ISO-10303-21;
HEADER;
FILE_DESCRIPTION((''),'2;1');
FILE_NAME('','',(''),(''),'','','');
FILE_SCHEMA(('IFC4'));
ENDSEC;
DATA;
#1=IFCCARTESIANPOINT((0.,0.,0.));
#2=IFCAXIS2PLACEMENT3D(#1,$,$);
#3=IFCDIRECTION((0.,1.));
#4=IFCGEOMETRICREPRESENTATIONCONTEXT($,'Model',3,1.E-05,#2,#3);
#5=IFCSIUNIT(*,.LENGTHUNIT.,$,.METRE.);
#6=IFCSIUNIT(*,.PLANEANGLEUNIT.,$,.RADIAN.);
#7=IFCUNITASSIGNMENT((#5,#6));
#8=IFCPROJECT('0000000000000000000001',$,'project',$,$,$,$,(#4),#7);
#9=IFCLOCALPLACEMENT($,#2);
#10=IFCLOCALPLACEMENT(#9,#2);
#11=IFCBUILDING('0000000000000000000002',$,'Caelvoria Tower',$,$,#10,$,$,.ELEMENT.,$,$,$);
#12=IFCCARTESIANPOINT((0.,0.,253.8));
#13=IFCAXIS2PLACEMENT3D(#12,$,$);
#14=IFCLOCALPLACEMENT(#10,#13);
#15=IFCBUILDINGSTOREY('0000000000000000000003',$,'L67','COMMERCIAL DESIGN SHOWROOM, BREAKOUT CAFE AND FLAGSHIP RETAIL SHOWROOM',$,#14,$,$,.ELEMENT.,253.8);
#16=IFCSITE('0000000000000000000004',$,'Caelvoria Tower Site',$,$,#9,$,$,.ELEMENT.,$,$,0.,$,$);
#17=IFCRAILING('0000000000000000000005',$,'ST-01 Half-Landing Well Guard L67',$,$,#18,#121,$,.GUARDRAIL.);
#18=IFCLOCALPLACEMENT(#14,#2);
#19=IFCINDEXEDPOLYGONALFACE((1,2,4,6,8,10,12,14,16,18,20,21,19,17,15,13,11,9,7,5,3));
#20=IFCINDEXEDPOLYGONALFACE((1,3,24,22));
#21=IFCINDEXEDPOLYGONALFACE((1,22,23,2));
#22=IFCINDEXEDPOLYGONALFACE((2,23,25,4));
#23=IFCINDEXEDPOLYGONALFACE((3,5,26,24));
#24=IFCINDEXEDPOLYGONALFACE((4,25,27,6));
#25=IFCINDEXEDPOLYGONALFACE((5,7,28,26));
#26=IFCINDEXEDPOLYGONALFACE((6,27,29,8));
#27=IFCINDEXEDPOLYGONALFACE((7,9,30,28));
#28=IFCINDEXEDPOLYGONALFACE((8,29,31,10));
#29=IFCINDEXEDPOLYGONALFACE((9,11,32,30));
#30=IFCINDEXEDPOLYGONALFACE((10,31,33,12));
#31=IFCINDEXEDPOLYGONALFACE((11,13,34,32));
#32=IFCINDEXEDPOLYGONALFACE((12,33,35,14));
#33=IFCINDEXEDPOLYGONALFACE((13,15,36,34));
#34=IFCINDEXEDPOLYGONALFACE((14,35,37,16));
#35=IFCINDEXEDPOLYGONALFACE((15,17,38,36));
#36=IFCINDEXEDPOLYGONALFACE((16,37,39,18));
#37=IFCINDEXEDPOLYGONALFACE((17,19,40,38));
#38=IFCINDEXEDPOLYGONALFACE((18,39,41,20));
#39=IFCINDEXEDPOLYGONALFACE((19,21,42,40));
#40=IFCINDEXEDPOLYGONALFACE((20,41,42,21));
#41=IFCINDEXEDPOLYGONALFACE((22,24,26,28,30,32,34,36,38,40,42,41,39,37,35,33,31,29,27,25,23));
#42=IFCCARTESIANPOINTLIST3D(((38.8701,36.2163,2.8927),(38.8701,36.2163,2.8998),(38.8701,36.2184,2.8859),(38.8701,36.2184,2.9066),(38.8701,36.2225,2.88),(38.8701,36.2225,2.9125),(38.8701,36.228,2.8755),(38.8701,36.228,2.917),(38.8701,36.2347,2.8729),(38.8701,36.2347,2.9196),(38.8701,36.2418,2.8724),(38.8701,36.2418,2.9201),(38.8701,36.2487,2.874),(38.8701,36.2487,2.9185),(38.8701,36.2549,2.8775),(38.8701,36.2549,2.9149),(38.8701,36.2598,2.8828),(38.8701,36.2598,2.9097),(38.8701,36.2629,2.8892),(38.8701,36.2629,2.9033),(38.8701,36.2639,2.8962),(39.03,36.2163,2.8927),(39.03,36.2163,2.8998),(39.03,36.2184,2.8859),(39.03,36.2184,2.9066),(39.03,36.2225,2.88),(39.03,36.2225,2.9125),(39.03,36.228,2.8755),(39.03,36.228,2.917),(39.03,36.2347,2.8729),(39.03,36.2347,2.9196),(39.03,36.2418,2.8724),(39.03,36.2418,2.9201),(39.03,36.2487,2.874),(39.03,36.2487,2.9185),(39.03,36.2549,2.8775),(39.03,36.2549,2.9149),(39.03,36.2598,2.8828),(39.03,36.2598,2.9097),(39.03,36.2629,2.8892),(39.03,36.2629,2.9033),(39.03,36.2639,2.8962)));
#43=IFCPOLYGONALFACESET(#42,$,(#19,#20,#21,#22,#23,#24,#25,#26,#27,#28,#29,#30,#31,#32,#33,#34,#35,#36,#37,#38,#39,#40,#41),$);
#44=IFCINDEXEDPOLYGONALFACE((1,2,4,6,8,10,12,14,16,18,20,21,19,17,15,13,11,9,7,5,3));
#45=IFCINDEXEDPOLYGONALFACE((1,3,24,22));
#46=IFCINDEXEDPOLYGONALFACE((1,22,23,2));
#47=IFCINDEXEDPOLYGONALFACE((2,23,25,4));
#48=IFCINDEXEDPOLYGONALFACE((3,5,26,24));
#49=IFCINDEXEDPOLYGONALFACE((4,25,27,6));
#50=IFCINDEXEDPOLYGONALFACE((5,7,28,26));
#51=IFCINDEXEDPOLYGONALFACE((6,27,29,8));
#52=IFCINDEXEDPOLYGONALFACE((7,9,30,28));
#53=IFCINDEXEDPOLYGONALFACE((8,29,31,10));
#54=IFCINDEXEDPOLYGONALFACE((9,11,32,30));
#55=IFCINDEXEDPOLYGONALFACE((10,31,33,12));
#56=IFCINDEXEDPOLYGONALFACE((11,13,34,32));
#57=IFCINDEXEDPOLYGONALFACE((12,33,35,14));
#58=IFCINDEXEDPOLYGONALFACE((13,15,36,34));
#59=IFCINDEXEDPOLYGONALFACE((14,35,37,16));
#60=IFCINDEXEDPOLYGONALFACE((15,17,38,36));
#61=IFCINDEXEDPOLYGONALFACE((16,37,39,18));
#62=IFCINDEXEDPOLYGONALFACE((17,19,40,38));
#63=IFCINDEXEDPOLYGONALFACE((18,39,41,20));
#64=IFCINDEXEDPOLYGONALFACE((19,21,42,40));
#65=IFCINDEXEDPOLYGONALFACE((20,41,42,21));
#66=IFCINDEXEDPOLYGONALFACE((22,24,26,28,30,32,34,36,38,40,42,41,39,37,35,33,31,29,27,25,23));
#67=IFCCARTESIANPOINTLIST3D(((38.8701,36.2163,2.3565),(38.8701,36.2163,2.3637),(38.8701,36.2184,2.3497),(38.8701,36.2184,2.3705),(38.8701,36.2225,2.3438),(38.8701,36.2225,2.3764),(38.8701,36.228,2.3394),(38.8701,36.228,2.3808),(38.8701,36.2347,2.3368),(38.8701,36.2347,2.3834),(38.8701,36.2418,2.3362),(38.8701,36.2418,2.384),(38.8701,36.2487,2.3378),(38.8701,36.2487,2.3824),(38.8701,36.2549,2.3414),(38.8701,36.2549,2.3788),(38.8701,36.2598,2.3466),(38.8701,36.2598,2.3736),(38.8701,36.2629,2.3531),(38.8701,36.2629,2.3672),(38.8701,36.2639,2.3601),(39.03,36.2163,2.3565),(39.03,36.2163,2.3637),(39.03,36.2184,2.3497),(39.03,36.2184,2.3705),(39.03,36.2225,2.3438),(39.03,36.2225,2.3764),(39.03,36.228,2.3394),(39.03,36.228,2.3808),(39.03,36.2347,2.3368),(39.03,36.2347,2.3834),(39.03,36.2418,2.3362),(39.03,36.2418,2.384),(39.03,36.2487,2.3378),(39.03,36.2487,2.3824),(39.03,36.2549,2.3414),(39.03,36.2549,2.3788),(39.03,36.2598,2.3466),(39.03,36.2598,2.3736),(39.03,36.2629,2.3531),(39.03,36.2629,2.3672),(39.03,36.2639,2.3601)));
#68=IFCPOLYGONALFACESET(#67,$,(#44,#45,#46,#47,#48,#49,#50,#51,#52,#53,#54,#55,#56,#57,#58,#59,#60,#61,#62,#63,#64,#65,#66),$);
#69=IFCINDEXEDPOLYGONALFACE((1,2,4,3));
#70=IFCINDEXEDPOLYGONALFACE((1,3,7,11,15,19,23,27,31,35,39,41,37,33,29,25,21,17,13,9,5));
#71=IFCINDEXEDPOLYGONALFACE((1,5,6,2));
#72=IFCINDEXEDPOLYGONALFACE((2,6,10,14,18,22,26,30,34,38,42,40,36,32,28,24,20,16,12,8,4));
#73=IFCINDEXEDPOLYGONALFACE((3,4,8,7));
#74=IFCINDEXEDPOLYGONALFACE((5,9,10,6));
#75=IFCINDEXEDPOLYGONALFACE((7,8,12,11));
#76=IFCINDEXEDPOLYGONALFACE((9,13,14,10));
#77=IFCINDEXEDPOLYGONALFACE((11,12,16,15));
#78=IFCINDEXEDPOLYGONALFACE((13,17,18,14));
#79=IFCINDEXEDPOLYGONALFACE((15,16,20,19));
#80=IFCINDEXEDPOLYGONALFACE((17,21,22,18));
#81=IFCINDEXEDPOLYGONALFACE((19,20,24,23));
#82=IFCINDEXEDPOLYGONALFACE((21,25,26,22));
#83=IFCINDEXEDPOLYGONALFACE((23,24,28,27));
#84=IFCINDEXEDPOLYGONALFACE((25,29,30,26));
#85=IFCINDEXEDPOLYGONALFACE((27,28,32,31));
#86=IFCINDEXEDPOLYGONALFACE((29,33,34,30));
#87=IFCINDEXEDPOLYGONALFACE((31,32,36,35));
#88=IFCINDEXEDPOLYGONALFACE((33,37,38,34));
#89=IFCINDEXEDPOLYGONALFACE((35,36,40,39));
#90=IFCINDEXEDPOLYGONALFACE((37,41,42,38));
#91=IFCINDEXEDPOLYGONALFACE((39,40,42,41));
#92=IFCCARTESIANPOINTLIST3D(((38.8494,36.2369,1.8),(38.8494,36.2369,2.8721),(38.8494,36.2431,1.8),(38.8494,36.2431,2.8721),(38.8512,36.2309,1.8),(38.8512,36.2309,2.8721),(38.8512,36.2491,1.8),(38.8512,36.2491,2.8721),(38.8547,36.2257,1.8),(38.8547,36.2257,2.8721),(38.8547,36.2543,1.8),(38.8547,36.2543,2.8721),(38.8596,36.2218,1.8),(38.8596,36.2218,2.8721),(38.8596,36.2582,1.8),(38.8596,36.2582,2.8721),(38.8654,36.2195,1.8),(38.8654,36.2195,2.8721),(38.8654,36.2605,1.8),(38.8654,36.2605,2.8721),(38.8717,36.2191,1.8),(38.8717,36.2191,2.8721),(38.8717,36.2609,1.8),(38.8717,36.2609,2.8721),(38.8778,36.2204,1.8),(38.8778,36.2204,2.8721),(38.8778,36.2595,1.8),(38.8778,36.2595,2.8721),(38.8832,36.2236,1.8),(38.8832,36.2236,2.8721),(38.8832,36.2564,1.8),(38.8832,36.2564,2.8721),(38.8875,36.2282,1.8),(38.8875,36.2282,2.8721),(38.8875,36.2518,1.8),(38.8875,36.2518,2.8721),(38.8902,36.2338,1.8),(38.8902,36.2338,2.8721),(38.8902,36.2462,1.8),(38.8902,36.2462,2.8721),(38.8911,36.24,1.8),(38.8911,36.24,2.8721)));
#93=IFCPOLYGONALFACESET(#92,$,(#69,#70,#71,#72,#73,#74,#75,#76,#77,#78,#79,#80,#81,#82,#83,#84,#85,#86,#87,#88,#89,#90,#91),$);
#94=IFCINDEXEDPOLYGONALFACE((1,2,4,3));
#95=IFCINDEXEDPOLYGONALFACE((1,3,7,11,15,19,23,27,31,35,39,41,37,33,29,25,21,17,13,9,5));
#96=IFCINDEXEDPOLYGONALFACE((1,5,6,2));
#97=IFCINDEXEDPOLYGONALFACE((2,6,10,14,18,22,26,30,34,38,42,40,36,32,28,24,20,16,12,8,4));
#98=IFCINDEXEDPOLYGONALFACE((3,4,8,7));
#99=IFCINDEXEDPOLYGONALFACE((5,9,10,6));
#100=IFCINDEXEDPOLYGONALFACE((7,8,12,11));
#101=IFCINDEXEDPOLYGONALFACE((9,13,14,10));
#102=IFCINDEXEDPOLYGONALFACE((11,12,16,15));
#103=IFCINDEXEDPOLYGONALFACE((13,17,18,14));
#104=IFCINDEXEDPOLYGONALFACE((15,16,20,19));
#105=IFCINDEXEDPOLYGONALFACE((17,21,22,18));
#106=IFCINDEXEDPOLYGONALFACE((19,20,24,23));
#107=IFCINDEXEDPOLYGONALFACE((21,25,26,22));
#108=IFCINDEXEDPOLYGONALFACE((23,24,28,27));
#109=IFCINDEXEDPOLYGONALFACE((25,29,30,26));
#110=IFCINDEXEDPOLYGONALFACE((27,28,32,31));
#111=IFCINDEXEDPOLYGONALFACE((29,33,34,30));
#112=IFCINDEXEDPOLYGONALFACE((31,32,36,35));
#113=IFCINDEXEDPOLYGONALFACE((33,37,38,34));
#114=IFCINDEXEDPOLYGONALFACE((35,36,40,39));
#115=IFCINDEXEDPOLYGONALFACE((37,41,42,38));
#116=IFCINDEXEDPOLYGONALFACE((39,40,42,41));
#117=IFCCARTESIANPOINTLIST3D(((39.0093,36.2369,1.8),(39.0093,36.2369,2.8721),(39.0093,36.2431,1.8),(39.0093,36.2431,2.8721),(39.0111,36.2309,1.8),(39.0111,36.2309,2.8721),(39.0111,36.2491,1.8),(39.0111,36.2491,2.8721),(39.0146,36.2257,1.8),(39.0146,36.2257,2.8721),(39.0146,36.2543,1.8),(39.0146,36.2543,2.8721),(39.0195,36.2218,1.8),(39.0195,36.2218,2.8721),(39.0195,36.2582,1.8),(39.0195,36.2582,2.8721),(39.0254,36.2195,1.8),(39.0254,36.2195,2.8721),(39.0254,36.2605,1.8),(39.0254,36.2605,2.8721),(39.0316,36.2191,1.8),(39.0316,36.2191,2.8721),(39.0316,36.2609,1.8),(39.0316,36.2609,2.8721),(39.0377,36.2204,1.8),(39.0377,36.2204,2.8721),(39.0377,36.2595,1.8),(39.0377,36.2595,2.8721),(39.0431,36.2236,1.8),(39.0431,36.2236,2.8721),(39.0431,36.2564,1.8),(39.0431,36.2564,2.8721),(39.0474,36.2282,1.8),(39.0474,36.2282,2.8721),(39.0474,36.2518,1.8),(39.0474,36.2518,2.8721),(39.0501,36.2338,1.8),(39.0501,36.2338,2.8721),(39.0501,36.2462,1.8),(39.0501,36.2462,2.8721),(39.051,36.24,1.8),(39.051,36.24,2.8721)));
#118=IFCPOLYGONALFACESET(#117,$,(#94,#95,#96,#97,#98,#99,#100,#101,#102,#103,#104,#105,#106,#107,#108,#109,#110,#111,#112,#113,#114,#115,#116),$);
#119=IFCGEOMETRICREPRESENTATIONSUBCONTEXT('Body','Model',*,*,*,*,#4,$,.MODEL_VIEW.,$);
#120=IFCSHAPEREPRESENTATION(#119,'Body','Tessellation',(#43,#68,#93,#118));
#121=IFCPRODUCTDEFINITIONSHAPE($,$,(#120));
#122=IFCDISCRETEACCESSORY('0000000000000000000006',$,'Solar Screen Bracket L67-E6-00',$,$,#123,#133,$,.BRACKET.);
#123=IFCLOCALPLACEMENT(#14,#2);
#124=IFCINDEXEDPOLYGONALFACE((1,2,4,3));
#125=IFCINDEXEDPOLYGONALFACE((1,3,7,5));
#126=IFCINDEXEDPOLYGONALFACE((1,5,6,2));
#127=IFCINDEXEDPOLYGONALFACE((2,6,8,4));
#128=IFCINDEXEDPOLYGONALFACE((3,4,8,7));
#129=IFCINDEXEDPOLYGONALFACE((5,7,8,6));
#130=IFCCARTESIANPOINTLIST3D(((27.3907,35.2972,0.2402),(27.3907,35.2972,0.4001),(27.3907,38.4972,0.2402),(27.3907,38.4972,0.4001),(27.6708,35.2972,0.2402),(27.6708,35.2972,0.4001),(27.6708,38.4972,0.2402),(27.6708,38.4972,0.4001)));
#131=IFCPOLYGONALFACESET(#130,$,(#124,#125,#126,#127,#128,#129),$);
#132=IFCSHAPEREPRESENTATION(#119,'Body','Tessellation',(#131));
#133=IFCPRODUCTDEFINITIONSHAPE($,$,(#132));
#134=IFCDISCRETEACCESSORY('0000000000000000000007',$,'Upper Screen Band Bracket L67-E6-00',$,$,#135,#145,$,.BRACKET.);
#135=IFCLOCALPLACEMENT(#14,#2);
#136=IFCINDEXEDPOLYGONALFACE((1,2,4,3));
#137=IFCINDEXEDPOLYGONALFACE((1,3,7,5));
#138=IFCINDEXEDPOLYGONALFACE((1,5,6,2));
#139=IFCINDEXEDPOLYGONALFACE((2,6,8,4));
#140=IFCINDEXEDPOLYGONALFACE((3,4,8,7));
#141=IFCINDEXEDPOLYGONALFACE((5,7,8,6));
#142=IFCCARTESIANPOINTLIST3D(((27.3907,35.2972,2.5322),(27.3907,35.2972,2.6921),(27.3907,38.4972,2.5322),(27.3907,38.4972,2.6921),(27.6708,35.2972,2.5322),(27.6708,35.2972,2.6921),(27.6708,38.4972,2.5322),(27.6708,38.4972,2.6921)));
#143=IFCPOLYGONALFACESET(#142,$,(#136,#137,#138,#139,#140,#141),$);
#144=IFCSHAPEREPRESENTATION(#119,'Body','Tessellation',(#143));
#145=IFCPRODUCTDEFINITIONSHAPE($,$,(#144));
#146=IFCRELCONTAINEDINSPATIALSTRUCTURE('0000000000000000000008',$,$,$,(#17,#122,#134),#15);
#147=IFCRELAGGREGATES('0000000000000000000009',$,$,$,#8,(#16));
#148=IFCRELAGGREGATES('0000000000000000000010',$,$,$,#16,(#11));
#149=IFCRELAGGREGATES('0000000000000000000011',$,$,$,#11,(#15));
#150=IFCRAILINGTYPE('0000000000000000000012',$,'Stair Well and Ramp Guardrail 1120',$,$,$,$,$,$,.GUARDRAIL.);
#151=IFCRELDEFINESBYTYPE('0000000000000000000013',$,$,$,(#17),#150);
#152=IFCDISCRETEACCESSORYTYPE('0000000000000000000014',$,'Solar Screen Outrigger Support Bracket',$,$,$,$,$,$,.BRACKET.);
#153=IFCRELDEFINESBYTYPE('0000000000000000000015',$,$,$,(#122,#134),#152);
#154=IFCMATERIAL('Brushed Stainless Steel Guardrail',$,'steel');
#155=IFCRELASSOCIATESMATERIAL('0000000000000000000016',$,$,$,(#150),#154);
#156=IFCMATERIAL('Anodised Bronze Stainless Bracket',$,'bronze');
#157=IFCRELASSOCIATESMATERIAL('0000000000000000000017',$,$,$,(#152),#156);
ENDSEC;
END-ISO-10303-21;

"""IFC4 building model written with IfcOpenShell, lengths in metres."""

from ifc_helpers import new_model, si_unit, direction, frame, origin, origin_2d, place, context, subcontext, project, spatial, rectangle, circle, extrude, material, type_object, element, save


model = new_model("IFC4")

# Units and contexts
model_context = context("Model", 3, precision=1e-05, world=origin(), true_north=direction((0.0, 1.0)))
body_context = subcontext(model_context, "Body", "Model", "MODEL_VIEW")
ifc_project = project(units=[si_unit("LENGTHUNIT", "METRE"), si_unit("PLANEANGLEUNIT", "RADIAN")], contexts=[model_context])

# Site, building, storey
site_placement = place(None, origin())
site = spatial("IfcSite", under=ifc_project, at=site_placement, Name="Caelvoria Tower Site", CompositionType="ELEMENT", RefElevation=0.0)
building_placement = place(site_placement, origin())
building = spatial("IfcBuilding", under=site, at=building_placement, Name="Caelvoria Tower", CompositionType="ELEMENT")
storey_placement = place(building_placement, frame((0.0, 0.0, 253.8)))
storey = spatial("IfcBuildingStorey", under=building, at=storey_placement, Name="L67", Description="COMMERCIAL DESIGN SHOWROOM, BREAKOUT CAFE AND FLAGSHIP RETAIL SHOWROOM", CompositionType="ELEMENT", Elevation=253.8)

# Railing
ifc_material_1 = material(Name="Brushed Stainless Steel Guardrail", Category="steel")
railing_type_1 = type_object("IfcRailingType", Name="Stair Well and Ramp Guardrail 1120", PredefinedType="GUARDRAIL", material=ifc_material_1)
railing_1_placement = place(storey_placement, frame((38.8701, 36.24, 1.8)))
element("IfcRailing", 1, at=railing_1_placement, inside=storey, type_object=railing_type_1, Name="ST-01 Half-Landing Well Guard L67", PredefinedType="GUARDRAIL", context=body_context, shape_type="SweptSolid", body=[
    extrude(circle(Radius=0.0239, at=origin_2d()), frame((0.0, 0.0, 1.0962), z_axis=(1.0, 0.0, 0.0), x_axis=(0.0, 1.0, 0.0)), (0.0, 0.0, 1.0), 0.1599),
    extrude(circle(Radius=0.0239, at=origin_2d()), frame((0.0, 0.0, 0.5601), z_axis=(1.0, 0.0, 0.0), x_axis=(0.0, 1.0, 0.0)), (0.0, 0.0, 1.0), 0.1599),
    extrude(circle(Radius=0.021, at=origin_2d()), origin(), (0.0, 0.0, 1.0), 1.072),
    extrude(circle(Radius=0.021, at=origin_2d()), frame((0.1599, 0.0, 0.0)), (0.0, 0.0, 1.0), 1.072),
])

# Discrete accessories
ifc_material_2 = material(Name="Anodised Bronze Stainless Bracket", Category="bronze")
discrete_accessory_type = type_object("IfcDiscreteAccessoryType", Name="Solar Screen Outrigger Support Bracket", PredefinedType="BRACKET", material=ifc_material_2)
for number, where, z_axis, x_axis, name in (
    (2, (27.5308, 36.8972, 0.2402), (0.0, 0.0, 1.0), (0.0, -1.0, 0.0), "Solar Screen Bracket L67-E6-00"),
    (3, (27.5308, 36.8972, 2.5322), (0.0, 0.0, 1.0), (0.0, -1.0, 0.0), "Upper Screen Band Bracket L67-E6-00"),
):
    element("IfcDiscreteAccessory", number, at=place(storey_placement, frame(where, z_axis=z_axis, x_axis=x_axis)), inside=storey, type_object=discrete_accessory_type, Name=name, PredefinedType="BRACKET", context=body_context, shape_type="SweptSolid", body=[
        extrude(rectangle(XDim=3.2, YDim=0.28, at=origin_2d()), origin(), (0.0, 0.0, 1.0), 0.1599),
    ])

save(model, "model.ifc")
